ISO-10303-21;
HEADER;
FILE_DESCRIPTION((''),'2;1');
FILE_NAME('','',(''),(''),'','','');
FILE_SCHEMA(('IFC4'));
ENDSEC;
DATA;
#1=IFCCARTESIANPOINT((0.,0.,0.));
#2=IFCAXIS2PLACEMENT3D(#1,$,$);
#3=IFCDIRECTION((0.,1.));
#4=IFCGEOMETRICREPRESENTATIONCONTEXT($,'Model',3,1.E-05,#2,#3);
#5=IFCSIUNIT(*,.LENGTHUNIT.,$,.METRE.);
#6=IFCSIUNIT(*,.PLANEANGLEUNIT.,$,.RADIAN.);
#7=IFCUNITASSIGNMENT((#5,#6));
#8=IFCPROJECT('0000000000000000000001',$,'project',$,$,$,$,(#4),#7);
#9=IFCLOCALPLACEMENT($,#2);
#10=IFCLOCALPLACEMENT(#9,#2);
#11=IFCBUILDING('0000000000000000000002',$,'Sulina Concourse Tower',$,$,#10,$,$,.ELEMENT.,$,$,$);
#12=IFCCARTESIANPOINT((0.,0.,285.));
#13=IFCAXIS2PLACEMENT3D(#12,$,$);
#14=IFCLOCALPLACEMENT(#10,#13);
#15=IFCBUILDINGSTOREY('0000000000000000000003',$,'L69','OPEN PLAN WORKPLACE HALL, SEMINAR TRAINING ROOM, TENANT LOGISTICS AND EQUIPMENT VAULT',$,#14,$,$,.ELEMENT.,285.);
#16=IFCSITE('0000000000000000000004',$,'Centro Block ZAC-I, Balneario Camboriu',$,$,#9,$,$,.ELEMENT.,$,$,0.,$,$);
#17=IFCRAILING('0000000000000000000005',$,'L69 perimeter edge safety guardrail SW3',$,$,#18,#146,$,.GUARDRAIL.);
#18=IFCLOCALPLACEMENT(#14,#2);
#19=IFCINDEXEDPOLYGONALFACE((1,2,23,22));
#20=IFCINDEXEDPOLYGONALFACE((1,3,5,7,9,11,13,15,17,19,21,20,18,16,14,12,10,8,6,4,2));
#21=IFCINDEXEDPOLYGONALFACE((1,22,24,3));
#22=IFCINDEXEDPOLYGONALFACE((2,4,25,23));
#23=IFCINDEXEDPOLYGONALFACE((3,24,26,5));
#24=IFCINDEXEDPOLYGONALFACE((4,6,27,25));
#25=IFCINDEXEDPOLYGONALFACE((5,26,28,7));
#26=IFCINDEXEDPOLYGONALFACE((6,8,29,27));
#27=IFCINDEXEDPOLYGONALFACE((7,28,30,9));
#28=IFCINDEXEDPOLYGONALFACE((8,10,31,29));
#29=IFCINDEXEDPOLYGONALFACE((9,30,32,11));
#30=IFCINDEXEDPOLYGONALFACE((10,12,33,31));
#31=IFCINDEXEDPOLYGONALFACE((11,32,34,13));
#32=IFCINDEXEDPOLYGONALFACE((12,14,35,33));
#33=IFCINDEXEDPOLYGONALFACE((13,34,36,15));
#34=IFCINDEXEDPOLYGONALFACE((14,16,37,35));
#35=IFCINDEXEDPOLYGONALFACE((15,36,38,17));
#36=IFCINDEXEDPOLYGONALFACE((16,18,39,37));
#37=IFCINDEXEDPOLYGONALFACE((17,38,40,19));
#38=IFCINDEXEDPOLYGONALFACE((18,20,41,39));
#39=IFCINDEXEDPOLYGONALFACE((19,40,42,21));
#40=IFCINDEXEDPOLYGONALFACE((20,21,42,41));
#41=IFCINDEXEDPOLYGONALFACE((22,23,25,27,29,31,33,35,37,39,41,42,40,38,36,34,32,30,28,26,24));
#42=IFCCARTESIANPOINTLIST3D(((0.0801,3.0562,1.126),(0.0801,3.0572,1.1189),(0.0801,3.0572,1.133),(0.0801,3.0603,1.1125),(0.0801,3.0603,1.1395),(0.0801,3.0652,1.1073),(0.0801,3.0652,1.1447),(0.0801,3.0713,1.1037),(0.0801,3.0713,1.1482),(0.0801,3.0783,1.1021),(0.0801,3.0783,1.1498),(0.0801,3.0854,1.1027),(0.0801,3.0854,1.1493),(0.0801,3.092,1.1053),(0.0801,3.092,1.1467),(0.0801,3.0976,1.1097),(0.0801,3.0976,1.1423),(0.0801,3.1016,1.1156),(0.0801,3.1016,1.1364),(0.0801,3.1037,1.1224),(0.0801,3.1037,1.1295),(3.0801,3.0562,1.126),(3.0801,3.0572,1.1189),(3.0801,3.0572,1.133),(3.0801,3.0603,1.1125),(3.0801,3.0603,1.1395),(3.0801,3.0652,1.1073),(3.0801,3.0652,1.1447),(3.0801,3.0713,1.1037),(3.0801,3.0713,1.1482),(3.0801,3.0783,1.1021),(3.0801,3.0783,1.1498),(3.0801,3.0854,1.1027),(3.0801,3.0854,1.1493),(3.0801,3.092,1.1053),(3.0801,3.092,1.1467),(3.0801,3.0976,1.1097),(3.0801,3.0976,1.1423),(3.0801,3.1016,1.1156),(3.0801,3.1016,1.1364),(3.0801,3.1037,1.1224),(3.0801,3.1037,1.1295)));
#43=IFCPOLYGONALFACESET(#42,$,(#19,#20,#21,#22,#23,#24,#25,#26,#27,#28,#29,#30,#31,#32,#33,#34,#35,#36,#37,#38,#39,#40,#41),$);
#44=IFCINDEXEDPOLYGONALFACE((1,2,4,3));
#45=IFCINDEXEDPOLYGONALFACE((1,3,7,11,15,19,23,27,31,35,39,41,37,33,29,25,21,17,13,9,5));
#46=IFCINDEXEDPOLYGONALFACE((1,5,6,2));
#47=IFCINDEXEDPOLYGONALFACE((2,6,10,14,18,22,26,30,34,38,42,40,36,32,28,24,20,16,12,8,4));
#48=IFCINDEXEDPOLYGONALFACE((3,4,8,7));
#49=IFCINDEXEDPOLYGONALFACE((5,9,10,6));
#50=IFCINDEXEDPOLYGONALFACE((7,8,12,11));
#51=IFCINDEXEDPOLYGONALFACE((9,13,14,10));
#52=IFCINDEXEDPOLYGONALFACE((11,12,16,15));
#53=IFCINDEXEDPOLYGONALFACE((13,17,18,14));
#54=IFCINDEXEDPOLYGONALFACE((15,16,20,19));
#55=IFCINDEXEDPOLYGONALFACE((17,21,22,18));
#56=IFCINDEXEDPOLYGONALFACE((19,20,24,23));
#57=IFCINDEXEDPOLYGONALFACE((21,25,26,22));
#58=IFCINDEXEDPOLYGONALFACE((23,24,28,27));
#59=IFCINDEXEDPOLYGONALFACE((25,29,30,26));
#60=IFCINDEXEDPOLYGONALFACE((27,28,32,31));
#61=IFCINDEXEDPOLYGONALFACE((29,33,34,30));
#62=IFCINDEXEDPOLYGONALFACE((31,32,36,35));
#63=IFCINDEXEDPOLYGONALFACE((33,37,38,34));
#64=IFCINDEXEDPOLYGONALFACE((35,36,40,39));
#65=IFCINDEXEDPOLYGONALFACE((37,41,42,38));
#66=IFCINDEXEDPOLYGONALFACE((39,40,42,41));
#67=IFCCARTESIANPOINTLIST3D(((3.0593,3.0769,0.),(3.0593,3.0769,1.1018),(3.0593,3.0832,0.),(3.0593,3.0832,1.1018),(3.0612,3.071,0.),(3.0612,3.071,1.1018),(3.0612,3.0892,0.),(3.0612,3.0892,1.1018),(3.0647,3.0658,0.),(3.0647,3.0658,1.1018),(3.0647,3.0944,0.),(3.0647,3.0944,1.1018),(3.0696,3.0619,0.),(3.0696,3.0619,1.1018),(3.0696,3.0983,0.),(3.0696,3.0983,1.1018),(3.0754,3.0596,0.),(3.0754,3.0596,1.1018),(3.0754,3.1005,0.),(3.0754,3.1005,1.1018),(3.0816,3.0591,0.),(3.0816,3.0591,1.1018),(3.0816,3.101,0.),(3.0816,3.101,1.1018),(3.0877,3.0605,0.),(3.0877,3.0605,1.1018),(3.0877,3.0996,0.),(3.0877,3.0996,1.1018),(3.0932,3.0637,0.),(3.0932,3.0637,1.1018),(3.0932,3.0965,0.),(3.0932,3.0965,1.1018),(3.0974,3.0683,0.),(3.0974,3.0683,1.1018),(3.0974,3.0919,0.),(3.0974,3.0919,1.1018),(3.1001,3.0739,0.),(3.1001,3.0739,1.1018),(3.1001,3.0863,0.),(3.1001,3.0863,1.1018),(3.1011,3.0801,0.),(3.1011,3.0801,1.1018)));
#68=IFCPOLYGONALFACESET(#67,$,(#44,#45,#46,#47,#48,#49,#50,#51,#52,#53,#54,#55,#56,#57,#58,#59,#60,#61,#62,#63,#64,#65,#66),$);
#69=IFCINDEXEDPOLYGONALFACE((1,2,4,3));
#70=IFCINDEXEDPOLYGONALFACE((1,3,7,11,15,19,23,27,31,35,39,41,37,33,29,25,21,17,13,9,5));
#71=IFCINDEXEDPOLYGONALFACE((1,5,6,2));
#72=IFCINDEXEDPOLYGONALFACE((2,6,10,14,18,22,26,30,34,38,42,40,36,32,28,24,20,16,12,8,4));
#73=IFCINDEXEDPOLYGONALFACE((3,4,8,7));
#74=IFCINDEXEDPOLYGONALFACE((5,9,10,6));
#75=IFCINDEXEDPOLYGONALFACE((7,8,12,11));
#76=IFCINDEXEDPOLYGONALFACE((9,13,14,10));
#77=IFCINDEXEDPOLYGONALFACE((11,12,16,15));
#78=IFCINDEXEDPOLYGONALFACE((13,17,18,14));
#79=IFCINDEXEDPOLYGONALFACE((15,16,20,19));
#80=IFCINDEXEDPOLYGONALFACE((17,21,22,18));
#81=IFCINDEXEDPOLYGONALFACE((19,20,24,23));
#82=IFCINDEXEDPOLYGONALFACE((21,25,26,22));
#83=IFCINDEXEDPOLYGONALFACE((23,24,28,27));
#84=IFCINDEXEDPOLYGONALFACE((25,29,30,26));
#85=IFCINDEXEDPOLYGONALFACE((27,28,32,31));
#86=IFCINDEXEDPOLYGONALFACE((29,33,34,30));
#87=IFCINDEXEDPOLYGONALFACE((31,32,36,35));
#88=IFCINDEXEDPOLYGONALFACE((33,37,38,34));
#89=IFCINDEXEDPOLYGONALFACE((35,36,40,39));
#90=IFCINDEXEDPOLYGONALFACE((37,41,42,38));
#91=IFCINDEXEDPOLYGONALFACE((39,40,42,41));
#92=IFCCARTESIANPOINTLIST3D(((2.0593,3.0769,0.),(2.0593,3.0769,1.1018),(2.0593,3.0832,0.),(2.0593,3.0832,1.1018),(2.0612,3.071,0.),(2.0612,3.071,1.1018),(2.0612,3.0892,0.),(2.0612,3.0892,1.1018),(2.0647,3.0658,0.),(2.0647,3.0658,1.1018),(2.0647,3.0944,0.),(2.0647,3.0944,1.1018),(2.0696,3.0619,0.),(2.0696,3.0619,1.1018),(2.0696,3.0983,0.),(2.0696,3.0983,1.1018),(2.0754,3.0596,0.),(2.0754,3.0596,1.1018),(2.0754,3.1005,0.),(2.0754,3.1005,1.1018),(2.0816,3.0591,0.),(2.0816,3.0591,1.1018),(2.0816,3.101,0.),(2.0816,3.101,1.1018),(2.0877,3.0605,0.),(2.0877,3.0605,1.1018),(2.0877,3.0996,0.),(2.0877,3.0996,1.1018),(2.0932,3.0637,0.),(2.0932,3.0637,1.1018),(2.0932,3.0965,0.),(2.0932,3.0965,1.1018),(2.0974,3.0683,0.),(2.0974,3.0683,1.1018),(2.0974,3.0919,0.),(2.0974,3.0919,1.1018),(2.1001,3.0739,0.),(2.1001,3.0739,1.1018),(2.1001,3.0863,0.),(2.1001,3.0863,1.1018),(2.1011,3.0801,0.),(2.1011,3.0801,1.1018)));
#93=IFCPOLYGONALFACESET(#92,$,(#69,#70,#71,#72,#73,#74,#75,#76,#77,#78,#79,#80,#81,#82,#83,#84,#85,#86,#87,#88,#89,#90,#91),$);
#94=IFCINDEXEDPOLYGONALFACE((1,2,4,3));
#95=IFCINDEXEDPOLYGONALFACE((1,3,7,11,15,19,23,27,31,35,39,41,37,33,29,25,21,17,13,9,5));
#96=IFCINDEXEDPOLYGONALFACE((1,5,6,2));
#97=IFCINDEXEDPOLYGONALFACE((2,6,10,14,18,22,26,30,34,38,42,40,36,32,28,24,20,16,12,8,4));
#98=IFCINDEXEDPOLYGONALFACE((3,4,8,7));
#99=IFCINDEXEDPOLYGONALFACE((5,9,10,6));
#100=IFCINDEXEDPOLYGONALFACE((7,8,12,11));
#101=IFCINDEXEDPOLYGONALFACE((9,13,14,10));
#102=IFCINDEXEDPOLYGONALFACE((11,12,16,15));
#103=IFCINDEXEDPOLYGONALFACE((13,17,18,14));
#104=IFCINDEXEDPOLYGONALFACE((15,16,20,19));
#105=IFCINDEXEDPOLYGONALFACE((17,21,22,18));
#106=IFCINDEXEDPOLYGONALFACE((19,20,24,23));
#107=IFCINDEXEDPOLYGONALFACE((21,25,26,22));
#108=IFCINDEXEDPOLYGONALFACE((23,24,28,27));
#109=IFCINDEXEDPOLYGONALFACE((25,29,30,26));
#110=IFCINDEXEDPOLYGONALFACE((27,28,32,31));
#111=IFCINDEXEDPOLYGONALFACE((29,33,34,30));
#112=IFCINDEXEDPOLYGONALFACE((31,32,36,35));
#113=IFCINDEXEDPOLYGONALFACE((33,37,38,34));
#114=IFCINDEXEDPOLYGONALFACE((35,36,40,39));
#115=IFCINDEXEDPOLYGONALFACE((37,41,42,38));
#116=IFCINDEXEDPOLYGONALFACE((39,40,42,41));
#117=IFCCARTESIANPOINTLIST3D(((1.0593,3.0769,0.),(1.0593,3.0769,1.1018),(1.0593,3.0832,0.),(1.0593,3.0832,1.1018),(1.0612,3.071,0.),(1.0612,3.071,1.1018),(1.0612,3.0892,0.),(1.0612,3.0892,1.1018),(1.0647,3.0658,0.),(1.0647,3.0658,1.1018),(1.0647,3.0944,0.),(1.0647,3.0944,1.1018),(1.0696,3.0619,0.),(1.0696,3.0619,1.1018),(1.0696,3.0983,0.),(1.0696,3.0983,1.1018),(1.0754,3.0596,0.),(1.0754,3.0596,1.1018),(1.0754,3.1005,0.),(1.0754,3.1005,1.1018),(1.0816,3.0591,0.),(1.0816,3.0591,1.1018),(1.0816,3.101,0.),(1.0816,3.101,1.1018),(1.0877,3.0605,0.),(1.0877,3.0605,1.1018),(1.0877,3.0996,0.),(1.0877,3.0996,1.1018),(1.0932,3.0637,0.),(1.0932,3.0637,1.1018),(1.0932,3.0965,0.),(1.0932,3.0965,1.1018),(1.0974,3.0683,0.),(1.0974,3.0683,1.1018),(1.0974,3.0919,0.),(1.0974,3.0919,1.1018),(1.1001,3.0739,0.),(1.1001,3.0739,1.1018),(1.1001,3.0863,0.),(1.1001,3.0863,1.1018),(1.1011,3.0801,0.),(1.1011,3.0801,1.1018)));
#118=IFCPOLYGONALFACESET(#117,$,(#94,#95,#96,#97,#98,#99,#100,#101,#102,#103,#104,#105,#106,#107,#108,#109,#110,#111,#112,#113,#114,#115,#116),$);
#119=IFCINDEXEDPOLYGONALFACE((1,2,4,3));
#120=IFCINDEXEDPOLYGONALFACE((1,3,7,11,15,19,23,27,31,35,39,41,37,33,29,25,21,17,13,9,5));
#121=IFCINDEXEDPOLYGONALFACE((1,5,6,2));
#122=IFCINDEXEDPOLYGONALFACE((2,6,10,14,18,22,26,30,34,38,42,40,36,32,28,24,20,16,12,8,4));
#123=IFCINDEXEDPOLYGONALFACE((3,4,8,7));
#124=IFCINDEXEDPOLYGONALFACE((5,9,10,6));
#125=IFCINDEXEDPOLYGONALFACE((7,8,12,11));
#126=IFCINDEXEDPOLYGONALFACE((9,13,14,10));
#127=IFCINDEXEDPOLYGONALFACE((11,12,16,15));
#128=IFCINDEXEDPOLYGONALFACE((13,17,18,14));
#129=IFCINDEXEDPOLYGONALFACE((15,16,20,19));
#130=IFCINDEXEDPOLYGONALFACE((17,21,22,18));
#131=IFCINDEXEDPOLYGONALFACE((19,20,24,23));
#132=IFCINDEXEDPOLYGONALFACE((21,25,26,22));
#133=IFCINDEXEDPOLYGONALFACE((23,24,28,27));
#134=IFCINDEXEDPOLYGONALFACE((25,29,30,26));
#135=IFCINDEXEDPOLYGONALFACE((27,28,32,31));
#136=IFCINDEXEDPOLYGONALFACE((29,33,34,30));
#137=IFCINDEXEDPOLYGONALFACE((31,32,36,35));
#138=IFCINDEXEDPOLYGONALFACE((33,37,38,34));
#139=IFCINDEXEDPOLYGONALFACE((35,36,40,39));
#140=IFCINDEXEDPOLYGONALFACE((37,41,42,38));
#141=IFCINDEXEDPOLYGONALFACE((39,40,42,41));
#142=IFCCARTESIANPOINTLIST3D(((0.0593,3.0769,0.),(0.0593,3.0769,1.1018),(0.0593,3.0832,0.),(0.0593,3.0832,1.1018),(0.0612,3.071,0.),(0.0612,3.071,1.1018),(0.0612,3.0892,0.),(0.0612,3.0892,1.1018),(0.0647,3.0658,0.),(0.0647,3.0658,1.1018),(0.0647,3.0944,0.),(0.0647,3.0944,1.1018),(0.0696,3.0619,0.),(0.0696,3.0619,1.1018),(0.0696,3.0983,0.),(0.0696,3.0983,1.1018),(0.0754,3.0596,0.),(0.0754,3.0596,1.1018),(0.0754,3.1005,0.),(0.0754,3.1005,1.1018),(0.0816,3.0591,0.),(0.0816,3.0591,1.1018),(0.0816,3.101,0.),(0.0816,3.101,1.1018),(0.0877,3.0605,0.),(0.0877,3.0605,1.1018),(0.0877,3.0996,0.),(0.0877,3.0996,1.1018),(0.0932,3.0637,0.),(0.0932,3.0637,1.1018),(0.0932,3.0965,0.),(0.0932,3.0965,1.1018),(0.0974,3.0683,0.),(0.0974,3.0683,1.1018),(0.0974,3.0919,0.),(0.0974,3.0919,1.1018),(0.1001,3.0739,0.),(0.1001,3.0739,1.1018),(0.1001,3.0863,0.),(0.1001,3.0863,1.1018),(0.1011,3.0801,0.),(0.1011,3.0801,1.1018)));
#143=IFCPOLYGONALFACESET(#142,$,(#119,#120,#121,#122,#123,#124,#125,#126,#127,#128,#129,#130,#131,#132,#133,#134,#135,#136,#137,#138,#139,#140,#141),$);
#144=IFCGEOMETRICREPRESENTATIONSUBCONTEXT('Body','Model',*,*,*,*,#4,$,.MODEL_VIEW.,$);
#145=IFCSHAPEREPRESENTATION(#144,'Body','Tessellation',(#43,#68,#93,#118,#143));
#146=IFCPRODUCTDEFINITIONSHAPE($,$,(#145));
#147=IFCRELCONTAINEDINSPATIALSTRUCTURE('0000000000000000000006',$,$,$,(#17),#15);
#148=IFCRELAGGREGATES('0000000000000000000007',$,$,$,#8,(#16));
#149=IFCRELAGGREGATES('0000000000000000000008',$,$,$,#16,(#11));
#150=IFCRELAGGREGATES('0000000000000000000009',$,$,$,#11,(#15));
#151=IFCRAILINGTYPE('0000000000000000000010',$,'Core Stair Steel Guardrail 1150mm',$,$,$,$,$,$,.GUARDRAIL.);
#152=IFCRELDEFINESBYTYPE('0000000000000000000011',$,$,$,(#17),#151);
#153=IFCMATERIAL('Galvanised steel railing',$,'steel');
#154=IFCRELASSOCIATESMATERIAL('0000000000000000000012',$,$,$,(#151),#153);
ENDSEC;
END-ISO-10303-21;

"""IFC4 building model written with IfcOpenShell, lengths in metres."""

from ifc_helpers import new_model, si_unit, direction, frame, origin, origin_2d, place, context, subcontext, project, spatial, circle, extrude, material, type_object, element, save


model = new_model("IFC4")

# Units and contexts
model_context = context("Model", 3, precision=1e-05, world=origin(), true_north=direction((0.0, 1.0)))
body_context = subcontext(model_context, "Body", "Model", "MODEL_VIEW")
ifc_project = project(units=[si_unit("LENGTHUNIT", "METRE"), si_unit("PLANEANGLEUNIT", "RADIAN")], contexts=[model_context])

# Site, building, storey
site_placement = place(None, origin())
site = spatial("IfcSite", under=ifc_project, at=site_placement, Name="Centro Block ZAC-I, Balneario Camboriu", CompositionType="ELEMENT", RefElevation=0.0)
building_placement = place(site_placement, origin())
building = spatial("IfcBuilding", under=site, at=building_placement, Name="Sulina Concourse Tower", CompositionType="ELEMENT")
storey_placement = place(building_placement, frame((0.0, 0.0, 285.0)))
storey = spatial("IfcBuildingStorey", under=building, at=storey_placement, Name="L69", Description="OPEN PLAN WORKPLACE HALL, SEMINAR TRAINING ROOM, TENANT LOGISTICS AND EQUIPMENT VAULT", CompositionType="ELEMENT", Elevation=285.0)

# Railing
ifc_material_1 = material(Name="Galvanised steel railing", Category="steel")
railing_type = type_object("IfcRailingType", Name="Core Stair Steel Guardrail 1150mm", PredefinedType="GUARDRAIL", material=ifc_material_1)
railing_1_placement = place(storey_placement, frame((3.0801, 3.0801, 0.0)))
element("IfcRailing", 1, at=railing_1_placement, inside=storey, type_object=railing_type, Name="L69 perimeter edge safety guardrail SW3", PredefinedType="GUARDRAIL", context=body_context, shape_type="SweptSolid", body=[
    extrude(circle(Radius=0.0239, at=origin_2d()), frame((0.0, 0.0, 1.126), z_axis=(-1.0, 0.0, 0.0), x_axis=(0.0, -1.0, 0.0)), (0.0, 0.0, 1.0), 3.0),
    extrude(circle(Radius=0.021, at=origin_2d()), origin(), (0.0, 0.0, 1.0), 1.1018),
    extrude(circle(Radius=0.021, at=origin_2d()), frame((-1.0, 0.0, 0.0)), (0.0, 0.0, 1.0), 1.1018),
    extrude(circle(Radius=0.021, at=origin_2d()), frame((-2.0, 0.0, 0.0)), (0.0, 0.0, 1.0), 1.1018),
    extrude(circle(Radius=0.021, at=origin_2d()), frame((-3.0, 0.0, 0.0)), (0.0, 0.0, 1.0), 1.1018),
])

save(model, "model.ifc")
